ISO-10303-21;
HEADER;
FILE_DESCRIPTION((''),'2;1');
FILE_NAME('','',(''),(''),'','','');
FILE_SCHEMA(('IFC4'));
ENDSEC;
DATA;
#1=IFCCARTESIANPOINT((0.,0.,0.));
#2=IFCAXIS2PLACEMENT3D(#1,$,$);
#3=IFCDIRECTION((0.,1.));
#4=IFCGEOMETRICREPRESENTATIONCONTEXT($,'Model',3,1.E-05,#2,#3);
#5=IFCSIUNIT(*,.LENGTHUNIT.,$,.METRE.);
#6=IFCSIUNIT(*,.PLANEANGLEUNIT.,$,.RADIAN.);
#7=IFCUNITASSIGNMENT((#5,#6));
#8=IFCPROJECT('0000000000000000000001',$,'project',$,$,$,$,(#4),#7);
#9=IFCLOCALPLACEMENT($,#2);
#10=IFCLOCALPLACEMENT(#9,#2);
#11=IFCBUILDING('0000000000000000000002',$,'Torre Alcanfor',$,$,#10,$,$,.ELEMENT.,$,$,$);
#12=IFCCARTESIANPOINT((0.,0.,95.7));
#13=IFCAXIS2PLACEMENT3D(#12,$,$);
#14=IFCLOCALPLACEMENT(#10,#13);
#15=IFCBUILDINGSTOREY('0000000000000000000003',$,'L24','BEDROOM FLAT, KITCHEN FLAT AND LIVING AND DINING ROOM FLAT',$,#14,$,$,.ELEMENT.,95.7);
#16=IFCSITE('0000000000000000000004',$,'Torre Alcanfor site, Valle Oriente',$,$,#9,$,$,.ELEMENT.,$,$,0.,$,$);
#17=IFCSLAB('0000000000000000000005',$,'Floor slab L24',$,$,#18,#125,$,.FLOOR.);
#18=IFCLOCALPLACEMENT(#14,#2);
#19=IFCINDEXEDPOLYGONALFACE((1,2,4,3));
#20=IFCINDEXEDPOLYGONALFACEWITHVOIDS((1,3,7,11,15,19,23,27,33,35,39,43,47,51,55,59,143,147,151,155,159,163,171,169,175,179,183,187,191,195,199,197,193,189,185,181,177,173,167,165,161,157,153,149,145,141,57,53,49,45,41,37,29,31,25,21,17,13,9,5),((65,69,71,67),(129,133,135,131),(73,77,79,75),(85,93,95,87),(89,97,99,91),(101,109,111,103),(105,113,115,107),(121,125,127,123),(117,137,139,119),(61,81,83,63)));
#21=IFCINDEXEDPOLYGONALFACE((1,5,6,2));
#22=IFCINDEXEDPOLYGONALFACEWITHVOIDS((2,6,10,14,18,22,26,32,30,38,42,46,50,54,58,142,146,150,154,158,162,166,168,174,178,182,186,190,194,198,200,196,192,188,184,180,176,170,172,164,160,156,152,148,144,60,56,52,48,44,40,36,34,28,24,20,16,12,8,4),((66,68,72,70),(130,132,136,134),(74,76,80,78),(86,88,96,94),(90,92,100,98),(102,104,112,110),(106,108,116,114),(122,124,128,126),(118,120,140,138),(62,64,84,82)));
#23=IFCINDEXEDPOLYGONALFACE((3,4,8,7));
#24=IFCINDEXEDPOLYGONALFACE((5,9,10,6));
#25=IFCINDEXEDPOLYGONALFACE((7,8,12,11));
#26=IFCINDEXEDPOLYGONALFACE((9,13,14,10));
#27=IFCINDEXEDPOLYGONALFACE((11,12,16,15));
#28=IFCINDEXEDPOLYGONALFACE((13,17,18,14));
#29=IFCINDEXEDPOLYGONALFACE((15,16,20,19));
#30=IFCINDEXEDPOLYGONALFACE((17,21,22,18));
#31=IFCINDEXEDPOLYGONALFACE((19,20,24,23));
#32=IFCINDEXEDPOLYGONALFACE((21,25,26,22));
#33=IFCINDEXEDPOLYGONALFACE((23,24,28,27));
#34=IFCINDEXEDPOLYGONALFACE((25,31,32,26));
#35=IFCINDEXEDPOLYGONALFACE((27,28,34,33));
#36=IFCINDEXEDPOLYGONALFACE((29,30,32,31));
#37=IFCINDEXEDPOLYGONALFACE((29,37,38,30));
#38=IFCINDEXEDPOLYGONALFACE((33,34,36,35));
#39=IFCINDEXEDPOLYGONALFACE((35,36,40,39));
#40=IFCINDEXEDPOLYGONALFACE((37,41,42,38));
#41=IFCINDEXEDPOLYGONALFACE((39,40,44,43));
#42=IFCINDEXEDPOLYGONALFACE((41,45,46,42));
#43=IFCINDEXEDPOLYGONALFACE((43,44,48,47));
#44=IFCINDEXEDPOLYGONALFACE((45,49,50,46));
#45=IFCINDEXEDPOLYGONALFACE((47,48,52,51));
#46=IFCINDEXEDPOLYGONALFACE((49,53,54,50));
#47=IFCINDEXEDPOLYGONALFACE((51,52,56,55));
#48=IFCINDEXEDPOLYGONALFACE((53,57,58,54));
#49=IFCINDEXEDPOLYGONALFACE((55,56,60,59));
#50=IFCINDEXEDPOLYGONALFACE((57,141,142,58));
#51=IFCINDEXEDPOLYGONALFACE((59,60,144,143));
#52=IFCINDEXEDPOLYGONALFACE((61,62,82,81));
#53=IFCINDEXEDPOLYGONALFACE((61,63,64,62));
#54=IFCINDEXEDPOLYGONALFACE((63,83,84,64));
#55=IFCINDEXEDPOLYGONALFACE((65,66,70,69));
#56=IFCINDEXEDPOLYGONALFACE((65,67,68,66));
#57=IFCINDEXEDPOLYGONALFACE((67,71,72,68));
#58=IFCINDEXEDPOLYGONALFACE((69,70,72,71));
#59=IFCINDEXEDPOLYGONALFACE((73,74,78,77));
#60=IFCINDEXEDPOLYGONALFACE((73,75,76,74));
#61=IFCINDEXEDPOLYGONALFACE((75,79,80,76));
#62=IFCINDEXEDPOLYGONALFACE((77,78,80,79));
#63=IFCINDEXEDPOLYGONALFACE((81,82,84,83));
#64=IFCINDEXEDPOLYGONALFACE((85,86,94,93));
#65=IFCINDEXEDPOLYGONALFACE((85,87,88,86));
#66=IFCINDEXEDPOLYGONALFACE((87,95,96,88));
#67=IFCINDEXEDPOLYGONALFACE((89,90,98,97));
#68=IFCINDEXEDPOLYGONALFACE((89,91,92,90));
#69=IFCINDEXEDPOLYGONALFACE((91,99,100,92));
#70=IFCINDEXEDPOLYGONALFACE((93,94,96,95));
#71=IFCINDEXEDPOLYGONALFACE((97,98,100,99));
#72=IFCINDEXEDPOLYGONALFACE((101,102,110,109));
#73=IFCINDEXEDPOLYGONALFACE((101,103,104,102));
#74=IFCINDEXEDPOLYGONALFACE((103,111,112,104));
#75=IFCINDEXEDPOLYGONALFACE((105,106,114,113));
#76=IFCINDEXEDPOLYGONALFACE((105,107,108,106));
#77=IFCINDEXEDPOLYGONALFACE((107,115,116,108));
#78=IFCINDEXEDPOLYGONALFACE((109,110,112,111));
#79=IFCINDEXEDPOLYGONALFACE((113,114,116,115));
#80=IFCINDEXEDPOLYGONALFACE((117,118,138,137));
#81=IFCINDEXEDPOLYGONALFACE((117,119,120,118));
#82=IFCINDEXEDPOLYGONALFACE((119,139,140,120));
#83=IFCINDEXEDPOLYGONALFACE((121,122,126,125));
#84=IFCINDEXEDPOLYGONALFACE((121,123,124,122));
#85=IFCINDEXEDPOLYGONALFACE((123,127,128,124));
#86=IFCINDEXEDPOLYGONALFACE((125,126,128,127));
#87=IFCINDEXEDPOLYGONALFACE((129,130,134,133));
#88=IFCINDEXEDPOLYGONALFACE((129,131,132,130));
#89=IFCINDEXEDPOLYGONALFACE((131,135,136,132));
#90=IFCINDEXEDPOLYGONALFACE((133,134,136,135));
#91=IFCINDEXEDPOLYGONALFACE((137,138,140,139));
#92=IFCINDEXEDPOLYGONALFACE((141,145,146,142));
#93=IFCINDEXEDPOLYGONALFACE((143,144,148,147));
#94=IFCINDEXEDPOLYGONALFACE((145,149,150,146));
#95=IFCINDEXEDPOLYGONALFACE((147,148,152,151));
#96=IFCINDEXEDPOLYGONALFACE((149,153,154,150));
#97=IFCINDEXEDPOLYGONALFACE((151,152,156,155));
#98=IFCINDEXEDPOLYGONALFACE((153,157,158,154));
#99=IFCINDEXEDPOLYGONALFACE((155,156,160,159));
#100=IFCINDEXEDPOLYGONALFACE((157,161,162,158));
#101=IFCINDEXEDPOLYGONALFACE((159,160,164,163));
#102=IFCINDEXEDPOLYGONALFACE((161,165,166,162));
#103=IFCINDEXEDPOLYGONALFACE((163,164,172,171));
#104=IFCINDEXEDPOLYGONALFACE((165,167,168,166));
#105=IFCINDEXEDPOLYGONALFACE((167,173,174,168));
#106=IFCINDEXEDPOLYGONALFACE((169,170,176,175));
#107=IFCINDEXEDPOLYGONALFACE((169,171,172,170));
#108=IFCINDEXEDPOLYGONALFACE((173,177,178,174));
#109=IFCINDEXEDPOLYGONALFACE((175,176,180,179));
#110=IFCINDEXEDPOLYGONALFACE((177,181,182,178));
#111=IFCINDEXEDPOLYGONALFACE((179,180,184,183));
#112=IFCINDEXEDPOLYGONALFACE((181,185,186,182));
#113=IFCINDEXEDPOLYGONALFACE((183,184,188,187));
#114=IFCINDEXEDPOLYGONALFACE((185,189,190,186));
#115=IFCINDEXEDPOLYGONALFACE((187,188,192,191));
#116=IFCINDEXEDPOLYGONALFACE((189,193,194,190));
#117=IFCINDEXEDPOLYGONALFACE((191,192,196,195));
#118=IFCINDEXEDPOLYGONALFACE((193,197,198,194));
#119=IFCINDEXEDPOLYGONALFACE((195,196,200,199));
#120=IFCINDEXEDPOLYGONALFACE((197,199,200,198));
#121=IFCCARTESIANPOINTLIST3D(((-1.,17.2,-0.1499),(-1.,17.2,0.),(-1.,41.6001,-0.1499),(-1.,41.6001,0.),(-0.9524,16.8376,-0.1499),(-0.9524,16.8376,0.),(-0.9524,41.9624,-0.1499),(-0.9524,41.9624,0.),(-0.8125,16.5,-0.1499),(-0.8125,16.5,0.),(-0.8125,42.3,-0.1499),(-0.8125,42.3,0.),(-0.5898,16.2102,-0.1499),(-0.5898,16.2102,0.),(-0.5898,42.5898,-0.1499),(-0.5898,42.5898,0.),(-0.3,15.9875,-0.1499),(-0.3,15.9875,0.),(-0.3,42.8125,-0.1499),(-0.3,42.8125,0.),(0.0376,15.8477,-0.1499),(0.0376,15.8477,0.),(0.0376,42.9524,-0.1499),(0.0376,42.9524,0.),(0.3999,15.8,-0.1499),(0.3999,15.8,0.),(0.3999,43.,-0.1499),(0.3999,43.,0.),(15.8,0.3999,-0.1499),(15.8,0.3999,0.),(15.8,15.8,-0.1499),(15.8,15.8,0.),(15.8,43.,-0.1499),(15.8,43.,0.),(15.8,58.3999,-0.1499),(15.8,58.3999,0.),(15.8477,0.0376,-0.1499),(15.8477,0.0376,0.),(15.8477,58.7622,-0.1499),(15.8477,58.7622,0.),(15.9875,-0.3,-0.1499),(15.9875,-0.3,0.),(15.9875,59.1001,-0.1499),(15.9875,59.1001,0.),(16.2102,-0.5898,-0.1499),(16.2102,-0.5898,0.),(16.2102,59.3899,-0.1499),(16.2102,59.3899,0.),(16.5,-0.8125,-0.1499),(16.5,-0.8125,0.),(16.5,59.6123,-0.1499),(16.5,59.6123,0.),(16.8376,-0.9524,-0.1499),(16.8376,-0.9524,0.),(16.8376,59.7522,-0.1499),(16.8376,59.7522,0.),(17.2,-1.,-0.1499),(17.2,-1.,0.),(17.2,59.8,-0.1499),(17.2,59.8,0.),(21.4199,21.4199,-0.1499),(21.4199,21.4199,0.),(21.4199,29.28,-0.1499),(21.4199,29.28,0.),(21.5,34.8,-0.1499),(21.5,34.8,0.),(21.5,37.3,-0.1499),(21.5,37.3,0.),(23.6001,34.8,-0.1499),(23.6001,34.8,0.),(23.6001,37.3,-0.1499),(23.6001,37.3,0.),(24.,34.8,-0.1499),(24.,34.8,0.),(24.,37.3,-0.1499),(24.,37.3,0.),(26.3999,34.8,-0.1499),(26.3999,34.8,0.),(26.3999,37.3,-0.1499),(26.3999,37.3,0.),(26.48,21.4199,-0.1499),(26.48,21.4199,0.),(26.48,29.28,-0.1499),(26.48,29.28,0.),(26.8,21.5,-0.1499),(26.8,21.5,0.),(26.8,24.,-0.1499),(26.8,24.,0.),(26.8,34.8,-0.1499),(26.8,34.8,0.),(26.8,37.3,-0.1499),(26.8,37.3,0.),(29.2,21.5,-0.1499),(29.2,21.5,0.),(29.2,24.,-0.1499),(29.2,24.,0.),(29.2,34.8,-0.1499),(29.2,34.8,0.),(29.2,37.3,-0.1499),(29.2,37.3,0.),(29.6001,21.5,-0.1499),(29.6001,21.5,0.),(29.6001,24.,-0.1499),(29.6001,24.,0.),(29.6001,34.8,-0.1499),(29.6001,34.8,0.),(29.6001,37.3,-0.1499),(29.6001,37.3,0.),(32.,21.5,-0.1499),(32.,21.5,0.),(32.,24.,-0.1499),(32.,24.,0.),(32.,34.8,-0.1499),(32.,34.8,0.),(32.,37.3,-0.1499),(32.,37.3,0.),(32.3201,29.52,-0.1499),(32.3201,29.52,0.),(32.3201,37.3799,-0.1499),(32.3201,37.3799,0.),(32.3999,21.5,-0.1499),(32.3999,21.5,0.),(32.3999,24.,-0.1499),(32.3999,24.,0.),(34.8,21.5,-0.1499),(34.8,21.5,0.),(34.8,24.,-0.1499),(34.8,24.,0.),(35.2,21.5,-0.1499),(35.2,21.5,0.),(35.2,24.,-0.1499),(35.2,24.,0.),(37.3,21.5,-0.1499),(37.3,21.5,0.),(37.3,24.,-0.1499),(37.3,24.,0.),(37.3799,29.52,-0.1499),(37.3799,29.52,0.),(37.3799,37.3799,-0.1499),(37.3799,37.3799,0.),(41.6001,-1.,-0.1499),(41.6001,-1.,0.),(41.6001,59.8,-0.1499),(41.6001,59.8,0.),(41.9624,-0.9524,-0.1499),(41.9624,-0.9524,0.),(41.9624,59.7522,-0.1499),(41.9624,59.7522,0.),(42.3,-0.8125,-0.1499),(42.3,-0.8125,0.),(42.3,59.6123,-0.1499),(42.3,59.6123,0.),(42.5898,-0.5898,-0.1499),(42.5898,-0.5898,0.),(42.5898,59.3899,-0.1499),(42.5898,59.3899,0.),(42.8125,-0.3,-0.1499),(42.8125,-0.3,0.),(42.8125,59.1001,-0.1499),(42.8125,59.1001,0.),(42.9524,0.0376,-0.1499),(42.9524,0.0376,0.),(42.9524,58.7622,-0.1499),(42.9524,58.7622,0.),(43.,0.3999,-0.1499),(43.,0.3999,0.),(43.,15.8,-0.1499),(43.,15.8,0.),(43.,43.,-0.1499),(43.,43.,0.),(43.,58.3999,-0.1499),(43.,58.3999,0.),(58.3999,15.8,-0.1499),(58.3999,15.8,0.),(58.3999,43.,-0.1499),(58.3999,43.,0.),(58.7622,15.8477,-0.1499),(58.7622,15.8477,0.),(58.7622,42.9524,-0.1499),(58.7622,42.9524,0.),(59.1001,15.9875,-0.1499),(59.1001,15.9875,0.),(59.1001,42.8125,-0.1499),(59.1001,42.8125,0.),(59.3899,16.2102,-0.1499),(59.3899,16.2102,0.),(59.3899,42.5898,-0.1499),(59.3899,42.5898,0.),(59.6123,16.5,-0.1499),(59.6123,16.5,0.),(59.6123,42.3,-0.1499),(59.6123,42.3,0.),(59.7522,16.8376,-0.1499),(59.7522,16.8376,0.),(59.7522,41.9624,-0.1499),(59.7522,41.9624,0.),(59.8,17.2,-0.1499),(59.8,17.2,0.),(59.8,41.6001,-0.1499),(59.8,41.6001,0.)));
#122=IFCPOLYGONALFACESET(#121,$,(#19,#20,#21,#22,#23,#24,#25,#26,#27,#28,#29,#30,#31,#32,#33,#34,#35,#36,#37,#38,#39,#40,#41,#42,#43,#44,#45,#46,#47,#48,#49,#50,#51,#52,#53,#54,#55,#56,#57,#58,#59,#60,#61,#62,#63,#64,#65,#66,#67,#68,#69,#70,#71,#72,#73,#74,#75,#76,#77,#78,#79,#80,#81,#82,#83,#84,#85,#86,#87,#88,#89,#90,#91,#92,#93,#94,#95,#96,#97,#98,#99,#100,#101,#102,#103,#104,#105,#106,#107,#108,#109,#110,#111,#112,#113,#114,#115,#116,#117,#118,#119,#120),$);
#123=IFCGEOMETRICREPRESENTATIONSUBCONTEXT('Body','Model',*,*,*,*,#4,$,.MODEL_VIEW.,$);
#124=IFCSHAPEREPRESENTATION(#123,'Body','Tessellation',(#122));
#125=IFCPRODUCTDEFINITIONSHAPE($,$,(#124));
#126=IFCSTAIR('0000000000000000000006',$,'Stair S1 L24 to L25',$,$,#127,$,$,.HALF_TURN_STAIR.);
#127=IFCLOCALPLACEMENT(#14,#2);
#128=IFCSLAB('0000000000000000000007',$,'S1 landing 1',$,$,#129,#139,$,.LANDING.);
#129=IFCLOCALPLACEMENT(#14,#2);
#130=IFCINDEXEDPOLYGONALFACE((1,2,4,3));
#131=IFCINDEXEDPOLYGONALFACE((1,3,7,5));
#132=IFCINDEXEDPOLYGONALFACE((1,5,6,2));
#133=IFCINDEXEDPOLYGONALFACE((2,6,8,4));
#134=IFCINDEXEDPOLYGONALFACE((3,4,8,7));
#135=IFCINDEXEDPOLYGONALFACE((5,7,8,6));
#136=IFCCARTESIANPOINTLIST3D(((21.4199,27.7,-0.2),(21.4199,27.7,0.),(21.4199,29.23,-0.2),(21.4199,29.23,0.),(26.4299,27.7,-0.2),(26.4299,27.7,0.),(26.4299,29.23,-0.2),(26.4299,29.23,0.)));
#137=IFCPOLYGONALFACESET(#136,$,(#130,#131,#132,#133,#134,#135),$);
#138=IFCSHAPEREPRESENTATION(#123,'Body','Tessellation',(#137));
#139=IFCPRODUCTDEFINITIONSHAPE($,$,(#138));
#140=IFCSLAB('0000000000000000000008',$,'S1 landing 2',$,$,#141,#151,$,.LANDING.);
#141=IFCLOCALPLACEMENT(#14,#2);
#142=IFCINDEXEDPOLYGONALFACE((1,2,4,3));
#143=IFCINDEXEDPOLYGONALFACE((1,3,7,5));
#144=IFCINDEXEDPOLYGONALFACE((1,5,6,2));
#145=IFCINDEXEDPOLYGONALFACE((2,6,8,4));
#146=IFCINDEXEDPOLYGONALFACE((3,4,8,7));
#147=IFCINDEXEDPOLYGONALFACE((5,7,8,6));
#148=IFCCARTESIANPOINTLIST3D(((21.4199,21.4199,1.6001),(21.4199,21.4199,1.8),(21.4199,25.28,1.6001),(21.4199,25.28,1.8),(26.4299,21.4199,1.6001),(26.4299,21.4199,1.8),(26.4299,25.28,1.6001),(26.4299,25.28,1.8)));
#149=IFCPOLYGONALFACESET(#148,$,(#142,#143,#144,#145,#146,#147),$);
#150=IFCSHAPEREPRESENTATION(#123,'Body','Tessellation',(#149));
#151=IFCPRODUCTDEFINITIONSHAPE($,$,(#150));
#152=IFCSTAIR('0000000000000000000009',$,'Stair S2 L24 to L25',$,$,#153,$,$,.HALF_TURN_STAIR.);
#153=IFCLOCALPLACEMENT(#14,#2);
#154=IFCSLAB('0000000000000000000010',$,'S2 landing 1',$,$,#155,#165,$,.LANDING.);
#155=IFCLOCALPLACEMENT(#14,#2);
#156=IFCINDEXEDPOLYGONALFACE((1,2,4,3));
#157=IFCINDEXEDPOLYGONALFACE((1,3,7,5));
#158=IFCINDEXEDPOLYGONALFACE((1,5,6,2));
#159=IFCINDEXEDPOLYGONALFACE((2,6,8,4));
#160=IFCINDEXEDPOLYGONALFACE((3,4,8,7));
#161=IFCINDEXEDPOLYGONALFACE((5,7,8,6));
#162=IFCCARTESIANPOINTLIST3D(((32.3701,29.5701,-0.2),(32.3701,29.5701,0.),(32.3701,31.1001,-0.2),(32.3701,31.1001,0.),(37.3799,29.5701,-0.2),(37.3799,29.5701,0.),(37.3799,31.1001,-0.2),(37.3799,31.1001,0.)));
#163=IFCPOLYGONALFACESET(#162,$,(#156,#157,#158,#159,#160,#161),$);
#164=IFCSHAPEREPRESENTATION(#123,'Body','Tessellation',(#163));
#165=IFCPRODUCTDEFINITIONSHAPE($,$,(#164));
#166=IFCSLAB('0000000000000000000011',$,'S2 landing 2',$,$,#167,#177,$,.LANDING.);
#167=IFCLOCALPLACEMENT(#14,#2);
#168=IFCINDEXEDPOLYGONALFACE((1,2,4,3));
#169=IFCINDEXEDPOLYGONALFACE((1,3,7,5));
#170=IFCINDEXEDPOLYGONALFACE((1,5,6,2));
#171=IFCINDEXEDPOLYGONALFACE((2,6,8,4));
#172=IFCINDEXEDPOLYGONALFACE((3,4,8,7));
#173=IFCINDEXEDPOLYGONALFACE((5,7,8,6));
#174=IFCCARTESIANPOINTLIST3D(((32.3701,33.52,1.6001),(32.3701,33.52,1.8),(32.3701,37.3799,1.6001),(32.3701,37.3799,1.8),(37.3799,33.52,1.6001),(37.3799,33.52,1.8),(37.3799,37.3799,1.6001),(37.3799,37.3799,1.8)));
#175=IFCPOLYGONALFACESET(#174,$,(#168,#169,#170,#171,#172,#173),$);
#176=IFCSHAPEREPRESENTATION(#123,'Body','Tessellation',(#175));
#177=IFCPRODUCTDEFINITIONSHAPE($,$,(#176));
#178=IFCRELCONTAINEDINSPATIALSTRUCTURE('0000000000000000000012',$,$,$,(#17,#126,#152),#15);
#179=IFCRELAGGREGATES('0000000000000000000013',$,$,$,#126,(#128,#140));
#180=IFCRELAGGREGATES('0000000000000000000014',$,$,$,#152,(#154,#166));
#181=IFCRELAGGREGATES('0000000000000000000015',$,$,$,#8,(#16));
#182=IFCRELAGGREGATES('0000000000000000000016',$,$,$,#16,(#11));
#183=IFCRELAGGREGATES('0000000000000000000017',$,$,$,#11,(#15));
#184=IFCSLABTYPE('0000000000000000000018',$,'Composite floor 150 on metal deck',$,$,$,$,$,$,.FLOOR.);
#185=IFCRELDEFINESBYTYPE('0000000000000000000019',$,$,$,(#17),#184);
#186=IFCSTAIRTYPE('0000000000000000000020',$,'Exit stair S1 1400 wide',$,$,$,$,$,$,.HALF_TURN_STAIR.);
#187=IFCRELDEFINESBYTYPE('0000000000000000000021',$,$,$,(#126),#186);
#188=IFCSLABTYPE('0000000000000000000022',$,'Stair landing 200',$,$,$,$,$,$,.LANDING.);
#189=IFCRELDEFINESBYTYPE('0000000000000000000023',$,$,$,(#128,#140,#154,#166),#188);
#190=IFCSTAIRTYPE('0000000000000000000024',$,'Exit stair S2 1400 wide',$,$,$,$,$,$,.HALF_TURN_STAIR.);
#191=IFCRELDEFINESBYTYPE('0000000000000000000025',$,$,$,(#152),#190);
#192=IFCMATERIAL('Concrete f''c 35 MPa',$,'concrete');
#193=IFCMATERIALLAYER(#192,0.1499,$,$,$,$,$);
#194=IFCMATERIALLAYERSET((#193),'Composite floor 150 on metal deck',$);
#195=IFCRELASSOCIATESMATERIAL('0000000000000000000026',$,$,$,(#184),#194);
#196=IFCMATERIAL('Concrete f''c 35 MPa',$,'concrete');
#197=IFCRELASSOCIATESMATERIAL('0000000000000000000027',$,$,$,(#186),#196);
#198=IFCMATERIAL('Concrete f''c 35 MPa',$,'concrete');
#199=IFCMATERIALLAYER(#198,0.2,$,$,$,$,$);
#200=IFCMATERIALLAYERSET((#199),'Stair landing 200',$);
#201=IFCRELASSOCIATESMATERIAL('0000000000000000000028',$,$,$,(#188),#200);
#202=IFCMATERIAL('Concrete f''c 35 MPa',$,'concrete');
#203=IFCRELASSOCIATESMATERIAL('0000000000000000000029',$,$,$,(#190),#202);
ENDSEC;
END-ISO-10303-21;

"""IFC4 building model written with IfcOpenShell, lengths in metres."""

from ifc_helpers import new_model, si_unit, direction, frame, origin, place, context, subcontext, project, spatial, polyline, outline, extrude, material, layer, layer_set, type_object, element, aggregate, save


model = new_model("IFC4")

# Units and contexts
model_context = context("Model", 3, precision=1e-05, world=origin(), true_north=direction((0.0, 1.0)))
body_context = subcontext(model_context, "Body", "Model", "MODEL_VIEW")
ifc_project = project(units=[si_unit("LENGTHUNIT", "METRE"), si_unit("PLANEANGLEUNIT", "RADIAN")], contexts=[model_context])

# Site, building, storey
site_placement = place(None, origin())
site = spatial("IfcSite", under=ifc_project, at=site_placement, Name="Torre Alcanfor site, Valle Oriente", CompositionType="ELEMENT", RefElevation=0.0)
building_placement = place(site_placement, origin())
building = spatial("IfcBuilding", under=site, at=building_placement, Name="Torre Alcanfor", CompositionType="ELEMENT")
storey_placement = place(building_placement, frame((0.0, 0.0, 95.7)))
storey = spatial("IfcBuildingStorey", under=building, at=storey_placement, Name="L24", Description="BEDROOM FLAT, KITCHEN FLAT AND LIVING AND DINING ROOM FLAT", CompositionType="ELEMENT", Elevation=95.7)

# Slab
ifc_material_1 = material(Name="Concrete f'c 35 MPa", Category="concrete")
ifc_layer_1 = layer(ifc_material_1, 0.1499)
ifc_layer_set_1 = layer_set([ifc_layer_1], Name="Composite floor 150 on metal deck")
slab_type_1 = type_object("IfcSlabType", Name="Composite floor 150 on metal deck", PredefinedType="FLOOR", material=ifc_layer_set_1)
slab_1_placement = place(storey_placement, frame((0.0, 0.0, -0.1499)))
element("IfcSlab", 1, at=slab_1_placement, inside=storey, type_object=slab_type_1, Name="Floor slab L24", PredefinedType="FLOOR", context=body_context, shape_type="SweptSolid", body=[
    extrude(outline(polyline([(15.8, 43.0), (0.3999, 43.0), (0.0376, 42.9524), (-0.3, 42.8125), (-0.5898, 42.5898), (-0.8125, 42.3), (-0.9524, 41.9624), (-1.0, 41.6001), (-1.0, 17.2), (-0.9524, 16.8376), (-0.8125, 16.5), (-0.5898, 16.2102), (-0.3, 15.9875), (0.0376, 15.8477), (0.3999, 15.8), (15.8, 15.8), (15.8, 0.3999), (15.8477, 0.0376), (15.9875, -0.3), (16.2102, -0.5898), (16.5, -0.8125), (16.8376, -0.9524), (17.2, -1.0), (41.6001, -1.0), (41.9624, -0.9524), (42.3, -0.8125), (42.5898, -0.5898), (42.8125, -0.3), (42.9524, 0.0376), (43.0, 0.3999), (43.0, 15.8), (58.3999, 15.8), (58.7622, 15.8477), (59.1001, 15.9875), (59.3899, 16.2102), (59.6123, 16.5), (59.7522, 16.8376), (59.8, 17.2), (59.8, 41.6001), (59.7522, 41.9624), (59.6123, 42.3), (59.3899, 42.5898), (59.1001, 42.8125), (58.7622, 42.9524), (58.3999, 43.0), (43.0, 43.0), (43.0, 58.3999), (42.9524, 58.7622), (42.8125, 59.1001), (42.5898, 59.3899), (42.3, 59.6123), (41.9624, 59.7522), (41.6001, 59.8), (17.2, 59.8), (16.8376, 59.7522), (16.5, 59.6123), (16.2102, 59.3899), (15.9875, 59.1001), (15.8477, 58.7622), (15.8, 58.3999), (15.8, 43.0)]), holes=[polyline([(21.4199, 21.4199), (26.48, 21.4199), (26.48, 29.28), (21.4199, 29.28), (21.4199, 21.4199)]), polyline([(32.3201, 29.52), (37.3799, 29.52), (37.3799, 37.3799), (32.3201, 37.3799), (32.3201, 29.52)]), polyline([(26.8, 21.5), (29.2, 21.5), (29.2, 24.0), (26.8, 24.0), (26.8, 21.5)]), polyline([(29.6001, 21.5), (32.0, 21.5), (32.0, 24.0), (29.6001, 24.0), (29.6001, 21.5)]), polyline([(32.3999, 21.5), (34.8, 21.5), (34.8, 24.0), (32.3999, 24.0), (32.3999, 21.5)]), polyline([(35.2, 21.5), (37.3, 21.5), (37.3, 24.0), (35.2, 24.0), (35.2, 21.5)]), polyline([(21.5, 34.8), (23.6001, 34.8), (23.6001, 37.3), (21.5, 37.3), (21.5, 34.8)]), polyline([(24.0, 34.8), (26.3999, 34.8), (26.3999, 37.3), (24.0, 37.3), (24.0, 34.8)]), polyline([(26.8, 34.8), (29.2, 34.8), (29.2, 37.3), (26.8, 37.3), (26.8, 34.8)]), polyline([(29.6001, 34.8), (32.0, 34.8), (32.0, 37.3), (29.6001, 37.3), (29.6001, 34.8)])]), origin(), (0.0, 0.0, 1.0), 0.1499),
])

# Stairs, slabs
ifc_material_2 = material(Name="Concrete f'c 35 MPa", Category="concrete")
stair_type_1 = type_object("IfcStairType", Name="Exit stair S1 1400 wide", PredefinedType="HALF_TURN_STAIR", material=ifc_material_2)
stair_1_placement = place(storey_placement, origin())
stair_1 = element("IfcStair", 2, at=stair_1_placement, inside=storey, type_object=stair_type_1, Name="Stair S1 L24 to L25", PredefinedType="HALF_TURN_STAIR")
ifc_material_3 = material(Name="Concrete f'c 35 MPa", Category="concrete")
ifc_layer_2 = layer(ifc_material_3, 0.2)
ifc_layer_set_2 = layer_set([ifc_layer_2], Name="Stair landing 200")
slab_type_2 = type_object("IfcSlabType", Name="Stair landing 200", PredefinedType="LANDING", material=ifc_layer_set_2)
slab_2_placement = place(storey_placement, frame((0.0, 0.0, -0.2)))
slab_2 = element("IfcSlab", 3, at=slab_2_placement, type_object=slab_type_2, Name="S1 landing 1", PredefinedType="LANDING", context=body_context, shape_type="SweptSolid", body=[
    extrude(outline(polyline([(21.4199, 27.7), (26.4299, 27.7), (26.4299, 29.23), (21.4199, 29.23), (21.4199, 27.7)])), origin(), (0.0, 0.0, 1.0), 0.2),
])
slab_3_placement = place(storey_placement, frame((0.0, 0.0, 1.6001)))
slab_3 = element("IfcSlab", 4, at=slab_3_placement, type_object=slab_type_2, Name="S1 landing 2", PredefinedType="LANDING", context=body_context, shape_type="SweptSolid", body=[
    extrude(outline(polyline([(21.4199, 21.4199), (26.4299, 21.4199), (26.4299, 25.28), (21.4199, 25.28), (21.4199, 21.4199)])), origin(), (0.0, 0.0, 1.0), 0.2),
])
aggregate(stair_1, [slab_2, slab_3])
ifc_material_4 = material(Name="Concrete f'c 35 MPa", Category="concrete")
stair_type_2 = type_object("IfcStairType", Name="Exit stair S2 1400 wide", PredefinedType="HALF_TURN_STAIR", material=ifc_material_4)
stair_2_placement = place(storey_placement, origin())
stair_2 = element("IfcStair", 5, at=stair_2_placement, inside=storey, type_object=stair_type_2, Name="Stair S2 L24 to L25", PredefinedType="HALF_TURN_STAIR")
slab_4_placement = place(storey_placement, frame((0.0, 0.0, -0.2)))
slab_4 = element("IfcSlab", 6, at=slab_4_placement, type_object=slab_type_2, Name="S2 landing 1", PredefinedType="LANDING", context=body_context, shape_type="SweptSolid", body=[
    extrude(outline(polyline([(32.3701, 29.5701), (37.3799, 29.5701), (37.3799, 31.1001), (32.3701, 31.1001), (32.3701, 29.5701)])), origin(), (0.0, 0.0, 1.0), 0.2),
])
slab_5_placement = place(storey_placement, frame((0.0, 0.0, 1.6001)))
slab_5 = element("IfcSlab", 7, at=slab_5_placement, type_object=slab_type_2, Name="S2 landing 2", PredefinedType="LANDING", context=body_context, shape_type="SweptSolid", body=[
    extrude(outline(polyline([(32.3701, 33.52), (37.3799, 33.52), (37.3799, 37.3799), (32.3701, 37.3799), (32.3701, 33.52)])), origin(), (0.0, 0.0, 1.0), 0.2),
])
aggregate(stair_2, [slab_4, slab_5])

save(model, "model.ifc")
